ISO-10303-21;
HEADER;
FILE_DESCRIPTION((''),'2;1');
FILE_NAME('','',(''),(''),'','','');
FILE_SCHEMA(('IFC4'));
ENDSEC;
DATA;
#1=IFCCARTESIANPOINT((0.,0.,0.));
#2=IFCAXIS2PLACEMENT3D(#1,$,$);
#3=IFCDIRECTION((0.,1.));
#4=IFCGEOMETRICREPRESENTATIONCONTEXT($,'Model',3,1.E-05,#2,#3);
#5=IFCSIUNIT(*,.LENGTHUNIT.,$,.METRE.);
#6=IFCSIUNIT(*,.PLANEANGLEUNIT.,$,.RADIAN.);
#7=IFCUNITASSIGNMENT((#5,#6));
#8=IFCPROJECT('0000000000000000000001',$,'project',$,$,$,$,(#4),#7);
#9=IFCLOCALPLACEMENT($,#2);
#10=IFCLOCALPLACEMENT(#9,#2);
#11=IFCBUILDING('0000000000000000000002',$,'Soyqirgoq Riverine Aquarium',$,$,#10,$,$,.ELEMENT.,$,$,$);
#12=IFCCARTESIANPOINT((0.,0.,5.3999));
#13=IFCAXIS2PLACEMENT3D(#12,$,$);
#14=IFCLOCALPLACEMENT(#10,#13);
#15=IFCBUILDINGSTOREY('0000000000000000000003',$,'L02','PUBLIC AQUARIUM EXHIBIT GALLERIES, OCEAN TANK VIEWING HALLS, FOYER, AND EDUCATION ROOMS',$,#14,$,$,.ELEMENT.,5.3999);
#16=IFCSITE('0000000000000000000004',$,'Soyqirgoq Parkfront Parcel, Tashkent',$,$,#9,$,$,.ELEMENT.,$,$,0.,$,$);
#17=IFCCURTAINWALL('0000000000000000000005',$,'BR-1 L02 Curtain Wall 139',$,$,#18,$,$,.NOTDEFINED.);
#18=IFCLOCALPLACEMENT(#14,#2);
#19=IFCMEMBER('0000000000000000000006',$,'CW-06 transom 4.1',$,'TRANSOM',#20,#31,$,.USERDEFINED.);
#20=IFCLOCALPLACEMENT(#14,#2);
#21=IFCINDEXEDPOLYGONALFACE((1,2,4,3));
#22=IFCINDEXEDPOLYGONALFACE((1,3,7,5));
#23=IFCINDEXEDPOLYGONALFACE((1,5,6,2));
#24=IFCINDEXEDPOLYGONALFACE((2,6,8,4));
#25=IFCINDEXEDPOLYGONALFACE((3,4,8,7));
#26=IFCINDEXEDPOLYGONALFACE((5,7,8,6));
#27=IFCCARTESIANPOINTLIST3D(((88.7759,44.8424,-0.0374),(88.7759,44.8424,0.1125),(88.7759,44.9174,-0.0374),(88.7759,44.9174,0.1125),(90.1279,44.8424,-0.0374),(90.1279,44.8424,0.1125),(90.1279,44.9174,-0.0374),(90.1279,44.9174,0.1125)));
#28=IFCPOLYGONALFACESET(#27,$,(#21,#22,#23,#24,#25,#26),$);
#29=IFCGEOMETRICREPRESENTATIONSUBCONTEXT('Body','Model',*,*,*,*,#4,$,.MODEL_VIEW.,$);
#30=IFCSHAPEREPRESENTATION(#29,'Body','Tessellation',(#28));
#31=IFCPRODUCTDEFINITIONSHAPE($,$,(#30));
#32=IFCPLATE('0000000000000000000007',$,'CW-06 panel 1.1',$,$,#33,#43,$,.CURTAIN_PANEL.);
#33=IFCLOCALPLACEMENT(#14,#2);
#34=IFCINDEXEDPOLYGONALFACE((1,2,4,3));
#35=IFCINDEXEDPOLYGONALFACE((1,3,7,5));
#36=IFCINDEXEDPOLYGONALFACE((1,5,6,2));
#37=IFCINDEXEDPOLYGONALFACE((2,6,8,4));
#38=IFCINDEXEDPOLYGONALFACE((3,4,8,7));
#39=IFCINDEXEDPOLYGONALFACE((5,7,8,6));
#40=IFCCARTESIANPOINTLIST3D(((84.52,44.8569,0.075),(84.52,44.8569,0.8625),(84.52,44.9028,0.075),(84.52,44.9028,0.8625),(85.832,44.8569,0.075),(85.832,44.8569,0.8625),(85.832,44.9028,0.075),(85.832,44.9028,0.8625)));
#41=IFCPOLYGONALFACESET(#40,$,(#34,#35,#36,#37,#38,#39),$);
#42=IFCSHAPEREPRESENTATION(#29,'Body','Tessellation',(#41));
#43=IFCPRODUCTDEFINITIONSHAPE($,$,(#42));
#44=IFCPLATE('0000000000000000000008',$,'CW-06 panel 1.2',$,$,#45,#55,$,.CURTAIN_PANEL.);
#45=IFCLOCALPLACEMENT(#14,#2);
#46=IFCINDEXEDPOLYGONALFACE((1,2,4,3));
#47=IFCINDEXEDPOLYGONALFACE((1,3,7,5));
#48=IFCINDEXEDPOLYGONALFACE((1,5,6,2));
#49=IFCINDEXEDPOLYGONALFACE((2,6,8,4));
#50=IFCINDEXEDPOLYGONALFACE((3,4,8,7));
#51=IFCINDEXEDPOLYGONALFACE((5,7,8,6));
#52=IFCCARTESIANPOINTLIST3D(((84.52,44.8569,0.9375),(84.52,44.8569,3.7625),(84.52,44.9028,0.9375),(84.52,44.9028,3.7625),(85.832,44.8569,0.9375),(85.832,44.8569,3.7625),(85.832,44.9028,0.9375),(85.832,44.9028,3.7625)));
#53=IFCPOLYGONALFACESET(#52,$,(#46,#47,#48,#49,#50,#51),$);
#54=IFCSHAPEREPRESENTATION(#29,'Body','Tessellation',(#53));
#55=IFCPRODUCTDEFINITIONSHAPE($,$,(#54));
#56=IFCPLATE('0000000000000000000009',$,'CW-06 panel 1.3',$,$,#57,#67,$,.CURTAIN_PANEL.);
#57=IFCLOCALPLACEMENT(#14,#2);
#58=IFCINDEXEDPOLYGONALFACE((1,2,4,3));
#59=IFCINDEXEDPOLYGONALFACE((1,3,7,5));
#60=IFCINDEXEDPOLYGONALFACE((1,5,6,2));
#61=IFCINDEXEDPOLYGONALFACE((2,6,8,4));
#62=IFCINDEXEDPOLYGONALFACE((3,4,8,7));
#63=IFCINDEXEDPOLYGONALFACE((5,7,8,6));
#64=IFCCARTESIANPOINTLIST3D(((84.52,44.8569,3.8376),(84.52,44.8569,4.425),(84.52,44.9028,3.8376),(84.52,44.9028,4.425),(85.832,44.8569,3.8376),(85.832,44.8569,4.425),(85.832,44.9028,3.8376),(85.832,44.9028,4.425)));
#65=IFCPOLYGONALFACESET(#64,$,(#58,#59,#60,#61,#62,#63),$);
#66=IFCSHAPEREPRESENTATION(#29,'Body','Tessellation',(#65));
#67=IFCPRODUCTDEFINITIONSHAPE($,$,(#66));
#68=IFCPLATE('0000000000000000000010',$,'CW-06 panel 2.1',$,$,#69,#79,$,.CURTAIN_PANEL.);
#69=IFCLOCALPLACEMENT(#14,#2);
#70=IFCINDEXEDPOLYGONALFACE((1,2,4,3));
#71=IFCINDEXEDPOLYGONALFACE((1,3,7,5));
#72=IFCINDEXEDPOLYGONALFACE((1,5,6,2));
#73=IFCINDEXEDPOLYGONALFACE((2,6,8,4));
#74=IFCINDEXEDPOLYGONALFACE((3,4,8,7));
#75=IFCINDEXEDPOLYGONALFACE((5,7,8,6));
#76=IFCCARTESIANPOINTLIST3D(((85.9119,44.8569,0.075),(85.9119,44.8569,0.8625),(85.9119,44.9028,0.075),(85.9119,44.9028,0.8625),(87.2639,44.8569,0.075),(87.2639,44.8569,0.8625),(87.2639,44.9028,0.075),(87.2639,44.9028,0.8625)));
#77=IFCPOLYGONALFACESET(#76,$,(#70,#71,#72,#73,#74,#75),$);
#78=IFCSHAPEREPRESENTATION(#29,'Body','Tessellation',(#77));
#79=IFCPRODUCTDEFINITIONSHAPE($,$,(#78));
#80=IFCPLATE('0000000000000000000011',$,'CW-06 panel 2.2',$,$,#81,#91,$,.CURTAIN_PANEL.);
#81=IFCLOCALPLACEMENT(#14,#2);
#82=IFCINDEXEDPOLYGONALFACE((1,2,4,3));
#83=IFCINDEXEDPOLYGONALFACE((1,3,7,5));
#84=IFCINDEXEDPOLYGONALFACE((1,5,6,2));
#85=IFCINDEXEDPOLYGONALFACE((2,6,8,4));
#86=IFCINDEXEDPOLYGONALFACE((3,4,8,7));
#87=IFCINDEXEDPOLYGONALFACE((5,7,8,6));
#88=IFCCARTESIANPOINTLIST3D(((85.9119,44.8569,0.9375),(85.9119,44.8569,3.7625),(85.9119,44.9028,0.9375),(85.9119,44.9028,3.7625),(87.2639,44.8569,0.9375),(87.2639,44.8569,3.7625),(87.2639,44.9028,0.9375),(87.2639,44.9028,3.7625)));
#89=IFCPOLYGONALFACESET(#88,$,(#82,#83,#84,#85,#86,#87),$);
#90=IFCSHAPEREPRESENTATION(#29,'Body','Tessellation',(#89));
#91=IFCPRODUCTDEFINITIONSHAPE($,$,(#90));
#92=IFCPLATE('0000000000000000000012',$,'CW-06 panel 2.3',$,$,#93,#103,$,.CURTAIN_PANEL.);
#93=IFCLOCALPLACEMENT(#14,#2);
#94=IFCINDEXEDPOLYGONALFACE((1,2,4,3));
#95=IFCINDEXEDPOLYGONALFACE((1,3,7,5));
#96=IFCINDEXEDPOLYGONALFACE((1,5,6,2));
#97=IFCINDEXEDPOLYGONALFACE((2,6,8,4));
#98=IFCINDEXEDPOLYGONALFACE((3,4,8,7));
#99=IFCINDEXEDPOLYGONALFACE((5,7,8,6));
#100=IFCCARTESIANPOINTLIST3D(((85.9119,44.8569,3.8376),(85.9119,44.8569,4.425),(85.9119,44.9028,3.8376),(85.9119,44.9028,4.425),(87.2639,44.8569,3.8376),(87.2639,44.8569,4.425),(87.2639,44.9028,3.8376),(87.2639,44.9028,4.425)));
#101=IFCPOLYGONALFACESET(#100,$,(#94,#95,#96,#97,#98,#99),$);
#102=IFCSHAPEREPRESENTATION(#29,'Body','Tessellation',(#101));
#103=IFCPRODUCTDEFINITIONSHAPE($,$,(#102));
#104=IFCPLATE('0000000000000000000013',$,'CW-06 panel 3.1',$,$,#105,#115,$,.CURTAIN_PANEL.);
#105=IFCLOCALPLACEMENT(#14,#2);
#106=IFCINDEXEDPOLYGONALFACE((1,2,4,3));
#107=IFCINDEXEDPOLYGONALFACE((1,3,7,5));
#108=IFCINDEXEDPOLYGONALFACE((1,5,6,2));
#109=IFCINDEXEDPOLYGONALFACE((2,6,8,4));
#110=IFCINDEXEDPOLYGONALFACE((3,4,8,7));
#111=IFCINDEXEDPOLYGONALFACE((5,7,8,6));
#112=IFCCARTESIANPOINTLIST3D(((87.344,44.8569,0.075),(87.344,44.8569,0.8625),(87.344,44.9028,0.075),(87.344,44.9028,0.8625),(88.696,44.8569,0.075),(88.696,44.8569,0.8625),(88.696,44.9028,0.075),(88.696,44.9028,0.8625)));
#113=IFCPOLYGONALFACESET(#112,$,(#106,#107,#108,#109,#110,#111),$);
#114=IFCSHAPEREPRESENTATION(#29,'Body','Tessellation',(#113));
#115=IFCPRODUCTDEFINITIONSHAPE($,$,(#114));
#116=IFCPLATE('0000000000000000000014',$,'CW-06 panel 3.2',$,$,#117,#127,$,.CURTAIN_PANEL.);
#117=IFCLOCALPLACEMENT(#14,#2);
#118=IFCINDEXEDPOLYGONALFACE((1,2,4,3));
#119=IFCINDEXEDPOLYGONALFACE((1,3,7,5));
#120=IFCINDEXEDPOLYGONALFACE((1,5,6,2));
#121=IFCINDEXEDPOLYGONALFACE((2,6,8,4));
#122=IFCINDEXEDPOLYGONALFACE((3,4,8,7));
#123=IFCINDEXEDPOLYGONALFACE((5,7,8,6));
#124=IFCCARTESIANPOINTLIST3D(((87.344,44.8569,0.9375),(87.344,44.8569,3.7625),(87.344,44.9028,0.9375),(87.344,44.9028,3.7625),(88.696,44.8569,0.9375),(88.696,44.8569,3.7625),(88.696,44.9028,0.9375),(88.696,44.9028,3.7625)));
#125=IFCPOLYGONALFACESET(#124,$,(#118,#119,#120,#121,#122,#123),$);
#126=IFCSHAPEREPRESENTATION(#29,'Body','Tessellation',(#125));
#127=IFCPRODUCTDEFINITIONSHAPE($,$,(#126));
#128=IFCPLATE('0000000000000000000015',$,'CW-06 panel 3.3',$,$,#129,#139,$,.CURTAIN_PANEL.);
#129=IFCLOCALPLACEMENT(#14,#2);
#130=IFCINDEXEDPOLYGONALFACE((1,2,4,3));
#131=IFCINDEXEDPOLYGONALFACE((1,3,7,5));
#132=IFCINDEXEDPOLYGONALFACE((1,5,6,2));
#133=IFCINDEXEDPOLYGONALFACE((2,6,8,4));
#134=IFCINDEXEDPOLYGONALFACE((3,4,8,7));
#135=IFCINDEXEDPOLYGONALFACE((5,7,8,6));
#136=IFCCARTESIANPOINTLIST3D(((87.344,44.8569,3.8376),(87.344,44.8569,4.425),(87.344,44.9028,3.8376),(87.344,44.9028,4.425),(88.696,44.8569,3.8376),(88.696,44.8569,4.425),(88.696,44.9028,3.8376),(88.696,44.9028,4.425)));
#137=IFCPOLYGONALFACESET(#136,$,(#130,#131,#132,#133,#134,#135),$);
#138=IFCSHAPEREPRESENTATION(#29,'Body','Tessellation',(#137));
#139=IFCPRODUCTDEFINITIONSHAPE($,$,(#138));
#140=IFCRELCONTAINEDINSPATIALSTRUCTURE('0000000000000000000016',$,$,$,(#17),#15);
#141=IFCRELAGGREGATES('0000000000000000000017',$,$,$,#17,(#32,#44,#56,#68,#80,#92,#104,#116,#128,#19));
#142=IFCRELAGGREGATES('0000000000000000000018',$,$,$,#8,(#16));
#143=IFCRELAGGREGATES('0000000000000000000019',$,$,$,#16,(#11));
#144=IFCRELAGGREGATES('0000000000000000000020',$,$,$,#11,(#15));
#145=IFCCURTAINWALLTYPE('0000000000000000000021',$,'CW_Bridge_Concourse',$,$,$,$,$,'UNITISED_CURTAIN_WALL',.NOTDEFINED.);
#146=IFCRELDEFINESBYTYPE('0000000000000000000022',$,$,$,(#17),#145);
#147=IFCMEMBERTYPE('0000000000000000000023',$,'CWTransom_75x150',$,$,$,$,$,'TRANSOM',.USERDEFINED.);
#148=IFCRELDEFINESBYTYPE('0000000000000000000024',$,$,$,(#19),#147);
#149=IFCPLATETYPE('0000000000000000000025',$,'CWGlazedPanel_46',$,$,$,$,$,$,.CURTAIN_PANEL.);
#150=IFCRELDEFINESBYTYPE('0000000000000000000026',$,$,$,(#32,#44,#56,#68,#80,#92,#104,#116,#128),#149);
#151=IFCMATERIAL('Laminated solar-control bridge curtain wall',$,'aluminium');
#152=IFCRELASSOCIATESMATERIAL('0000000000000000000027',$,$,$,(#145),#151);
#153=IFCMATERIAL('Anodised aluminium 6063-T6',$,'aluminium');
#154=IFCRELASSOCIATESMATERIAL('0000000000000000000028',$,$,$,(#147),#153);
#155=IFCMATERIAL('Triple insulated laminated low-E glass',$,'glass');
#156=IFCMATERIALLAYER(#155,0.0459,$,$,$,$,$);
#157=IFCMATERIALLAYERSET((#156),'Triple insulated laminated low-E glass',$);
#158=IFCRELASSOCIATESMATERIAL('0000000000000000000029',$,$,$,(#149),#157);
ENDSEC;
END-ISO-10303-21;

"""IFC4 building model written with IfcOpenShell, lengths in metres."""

from ifc_helpers import new_model, si_unit, direction, frame, origin, origin_2d, place, context, subcontext, project, spatial, rectangle, extrude, material, layer, layer_set, material_profile, profile_set, type_object, element, aggregate, save


model = new_model("IFC4")

# Units and contexts
model_context = context("Model", 3, precision=1e-05, world=origin(), true_north=direction((0.0, 1.0)))
body_context = subcontext(model_context, "Body", "Model", "MODEL_VIEW")
ifc_project = project(units=[si_unit("LENGTHUNIT", "METRE"), si_unit("PLANEANGLEUNIT", "RADIAN")], contexts=[model_context])

# Site, building, storey
site_placement = place(None, origin())
site = spatial("IfcSite", under=ifc_project, at=site_placement, Name="Soyqirgoq Parkfront Parcel, Tashkent", CompositionType="ELEMENT", RefElevation=0.0)
building_placement = place(site_placement, origin())
building = spatial("IfcBuilding", under=site, at=building_placement, Name="Soyqirgoq Riverine Aquarium", CompositionType="ELEMENT")
storey_placement = place(building_placement, frame((0.0, 0.0, 5.3999)))
storey = spatial("IfcBuildingStorey", under=building, at=storey_placement, Name="L02", Description="PUBLIC AQUARIUM EXHIBIT GALLERIES, OCEAN TANK VIEWING HALLS, FOYER, AND EDUCATION ROOMS", CompositionType="ELEMENT", Elevation=5.3999)

# Curtain wall, member, plates
ifc_material_1 = material(Name="Laminated solar-control bridge curtain wall", Category="aluminium")
curtain_wall_type = type_object("IfcCurtainWallType", Name="CW_Bridge_Concourse", ElementType="UNITISED_CURTAIN_WALL", PredefinedType="NOTDEFINED", material=ifc_material_1)
curtain_wall_placement = place(storey_placement, origin())
curtain_wall = element("IfcCurtainWall", 1, at=curtain_wall_placement, inside=storey, type_object=curtain_wall_type, Name="BR-1 L02 Curtain Wall 139", PredefinedType="NOTDEFINED")
ifc_material_2 = material(Name="Anodised aluminium 6063-T6", Category="aluminium")
ifc_material_profile_1 = material_profile(ifc_material_2, rectangle(XDim=0.075, YDim=0.1499, at=origin_2d()), Name="ALU-T 75x150")
ifc_profile_set_1 = profile_set([ifc_material_profile_1], Name="Anodised aluminium 6063-T6")
member_type_1 = type_object("IfcMemberType", Name="CWTransom_75x150", ElementType="TRANSOM", PredefinedType="USERDEFINED", material=ifc_profile_set_1)
member_1_placement = place(storey_placement, frame((88.7759, 44.8799, 0.0376), z_axis=(1.0, 0.0, 0.0), x_axis=(0.0, 1.0, 0.0)))
member_1 = element("IfcMember", 2, at=member_1_placement, type_object=member_type_1, Name="CW-06 transom 4.1", ObjectType="TRANSOM", PredefinedType="USERDEFINED", context=body_context, shape_type="SweptSolid", body=[
    extrude(rectangle(XDim=0.075, YDim=0.1499, at=origin_2d()), origin(), (0.0, 0.0, 1.0), 1.3521),
])
ifc_material_3 = material(Name="Triple insulated laminated low-E glass", Category="glass")
ifc_layer = layer(ifc_material_3, 0.0459)
ifc_layer_set = layer_set([ifc_layer], Name="Triple insulated laminated low-E glass")
plate_type = type_object("IfcPlateType", Name="CWGlazedPanel_46", PredefinedType="CURTAIN_PANEL", material=ifc_layer_set)
plate_1_placement = place(storey_placement, frame((85.176, 44.8799, 0.075), z_axis=(0.0, 0.0, 1.0), x_axis=(1.0, 0.0, 0.0)))
plate_1 = element("IfcPlate", 3, at=plate_1_placement, type_object=plate_type, Name="CW-06 panel 1.1", PredefinedType="CURTAIN_PANEL", context=body_context, shape_type="SweptSolid", body=[
    extrude(rectangle(XDim=1.312, YDim=0.0459, at=origin_2d()), origin(), (0.0, 0.0, 1.0), 0.7876),
])
plate_2_placement = place(storey_placement, frame((85.176, 44.8799, 0.9375), z_axis=(0.0, 0.0, 1.0), x_axis=(1.0, 0.0, 0.0)))
plate_2 = element("IfcPlate", 4, at=plate_2_placement, type_object=plate_type, Name="CW-06 panel 1.2", PredefinedType="CURTAIN_PANEL", context=body_context, shape_type="SweptSolid", body=[
    extrude(rectangle(XDim=1.312, YDim=0.0459, at=origin_2d()), origin(), (0.0, 0.0, 1.0), 2.825),
])
plate_3_placement = place(storey_placement, frame((85.176, 44.8799, 3.8376), z_axis=(0.0, 0.0, 1.0), x_axis=(1.0, 0.0, 0.0)))
plate_3 = element("IfcPlate", 5, at=plate_3_placement, type_object=plate_type, Name="CW-06 panel 1.3", PredefinedType="CURTAIN_PANEL", context=body_context, shape_type="SweptSolid", body=[
    extrude(rectangle(XDim=1.312, YDim=0.0459, at=origin_2d()), origin(), (0.0, 0.0, 1.0), 0.5874),
])
plate_4_placement = place(storey_placement, frame((86.5879, 44.8799, 0.075), z_axis=(0.0, 0.0, 1.0), x_axis=(1.0, 0.0, 0.0)))
plate_4 = element("IfcPlate", 6, at=plate_4_placement, type_object=plate_type, Name="CW-06 panel 2.1", PredefinedType="CURTAIN_PANEL", context=body_context, shape_type="SweptSolid", body=[
    extrude(rectangle(XDim=1.3521, YDim=0.0459, at=origin_2d()), origin(), (0.0, 0.0, 1.0), 0.7876),
])
plate_5_placement = place(storey_placement, frame((86.5879, 44.8799, 0.9375), z_axis=(0.0, 0.0, 1.0), x_axis=(1.0, 0.0, 0.0)))
plate_5 = element("IfcPlate", 7, at=plate_5_placement, type_object=plate_type, Name="CW-06 panel 2.2", PredefinedType="CURTAIN_PANEL", context=body_context, shape_type="SweptSolid", body=[
    extrude(rectangle(XDim=1.3521, YDim=0.0459, at=origin_2d()), origin(), (0.0, 0.0, 1.0), 2.825),
])
plate_6_placement = place(storey_placement, frame((86.5879, 44.8799, 3.8376), z_axis=(0.0, 0.0, 1.0), x_axis=(1.0, 0.0, 0.0)))
plate_6 = element("IfcPlate", 8, at=plate_6_placement, type_object=plate_type, Name="CW-06 panel 2.3", PredefinedType="CURTAIN_PANEL", context=body_context, shape_type="SweptSolid", body=[
    extrude(rectangle(XDim=1.3521, YDim=0.0459, at=origin_2d()), origin(), (0.0, 0.0, 1.0), 0.5874),
])
plate_7_placement = place(storey_placement, frame((88.02, 44.8799, 0.075), z_axis=(0.0, 0.0, 1.0), x_axis=(1.0, 0.0, 0.0)))
plate_7 = element("IfcPlate", 9, at=plate_7_placement, type_object=plate_type, Name="CW-06 panel 3.1", PredefinedType="CURTAIN_PANEL", context=body_context, shape_type="SweptSolid", body=[
    extrude(rectangle(XDim=1.3521, YDim=0.0459, at=origin_2d()), origin(), (0.0, 0.0, 1.0), 0.7876),
])
plate_8_placement = place(storey_placement, frame((88.02, 44.8799, 0.9375), z_axis=(0.0, 0.0, 1.0), x_axis=(1.0, 0.0, 0.0)))
plate_8 = element("IfcPlate", 10, at=plate_8_placement, type_object=plate_type, Name="CW-06 panel 3.2", PredefinedType="CURTAIN_PANEL", context=body_context, shape_type="SweptSolid", body=[
    extrude(rectangle(XDim=1.3521, YDim=0.0459, at=origin_2d()), origin(), (0.0, 0.0, 1.0), 2.825),
])
plate_9_placement = place(storey_placement, frame((88.02, 44.8799, 3.8376), z_axis=(0.0, 0.0, 1.0), x_axis=(1.0, 0.0, 0.0)))
plate_9 = element("IfcPlate", 11, at=plate_9_placement, type_object=plate_type, Name="CW-06 panel 3.3", PredefinedType="CURTAIN_PANEL", context=body_context, shape_type="SweptSolid", body=[
    extrude(rectangle(XDim=1.3521, YDim=0.0459, at=origin_2d()), origin(), (0.0, 0.0, 1.0), 0.5874),
])
aggregate(curtain_wall, [plate_1, plate_2, plate_3, plate_4, plate_5, plate_6, plate_7, plate_8, plate_9, member_1])

save(model, "model.ifc")
